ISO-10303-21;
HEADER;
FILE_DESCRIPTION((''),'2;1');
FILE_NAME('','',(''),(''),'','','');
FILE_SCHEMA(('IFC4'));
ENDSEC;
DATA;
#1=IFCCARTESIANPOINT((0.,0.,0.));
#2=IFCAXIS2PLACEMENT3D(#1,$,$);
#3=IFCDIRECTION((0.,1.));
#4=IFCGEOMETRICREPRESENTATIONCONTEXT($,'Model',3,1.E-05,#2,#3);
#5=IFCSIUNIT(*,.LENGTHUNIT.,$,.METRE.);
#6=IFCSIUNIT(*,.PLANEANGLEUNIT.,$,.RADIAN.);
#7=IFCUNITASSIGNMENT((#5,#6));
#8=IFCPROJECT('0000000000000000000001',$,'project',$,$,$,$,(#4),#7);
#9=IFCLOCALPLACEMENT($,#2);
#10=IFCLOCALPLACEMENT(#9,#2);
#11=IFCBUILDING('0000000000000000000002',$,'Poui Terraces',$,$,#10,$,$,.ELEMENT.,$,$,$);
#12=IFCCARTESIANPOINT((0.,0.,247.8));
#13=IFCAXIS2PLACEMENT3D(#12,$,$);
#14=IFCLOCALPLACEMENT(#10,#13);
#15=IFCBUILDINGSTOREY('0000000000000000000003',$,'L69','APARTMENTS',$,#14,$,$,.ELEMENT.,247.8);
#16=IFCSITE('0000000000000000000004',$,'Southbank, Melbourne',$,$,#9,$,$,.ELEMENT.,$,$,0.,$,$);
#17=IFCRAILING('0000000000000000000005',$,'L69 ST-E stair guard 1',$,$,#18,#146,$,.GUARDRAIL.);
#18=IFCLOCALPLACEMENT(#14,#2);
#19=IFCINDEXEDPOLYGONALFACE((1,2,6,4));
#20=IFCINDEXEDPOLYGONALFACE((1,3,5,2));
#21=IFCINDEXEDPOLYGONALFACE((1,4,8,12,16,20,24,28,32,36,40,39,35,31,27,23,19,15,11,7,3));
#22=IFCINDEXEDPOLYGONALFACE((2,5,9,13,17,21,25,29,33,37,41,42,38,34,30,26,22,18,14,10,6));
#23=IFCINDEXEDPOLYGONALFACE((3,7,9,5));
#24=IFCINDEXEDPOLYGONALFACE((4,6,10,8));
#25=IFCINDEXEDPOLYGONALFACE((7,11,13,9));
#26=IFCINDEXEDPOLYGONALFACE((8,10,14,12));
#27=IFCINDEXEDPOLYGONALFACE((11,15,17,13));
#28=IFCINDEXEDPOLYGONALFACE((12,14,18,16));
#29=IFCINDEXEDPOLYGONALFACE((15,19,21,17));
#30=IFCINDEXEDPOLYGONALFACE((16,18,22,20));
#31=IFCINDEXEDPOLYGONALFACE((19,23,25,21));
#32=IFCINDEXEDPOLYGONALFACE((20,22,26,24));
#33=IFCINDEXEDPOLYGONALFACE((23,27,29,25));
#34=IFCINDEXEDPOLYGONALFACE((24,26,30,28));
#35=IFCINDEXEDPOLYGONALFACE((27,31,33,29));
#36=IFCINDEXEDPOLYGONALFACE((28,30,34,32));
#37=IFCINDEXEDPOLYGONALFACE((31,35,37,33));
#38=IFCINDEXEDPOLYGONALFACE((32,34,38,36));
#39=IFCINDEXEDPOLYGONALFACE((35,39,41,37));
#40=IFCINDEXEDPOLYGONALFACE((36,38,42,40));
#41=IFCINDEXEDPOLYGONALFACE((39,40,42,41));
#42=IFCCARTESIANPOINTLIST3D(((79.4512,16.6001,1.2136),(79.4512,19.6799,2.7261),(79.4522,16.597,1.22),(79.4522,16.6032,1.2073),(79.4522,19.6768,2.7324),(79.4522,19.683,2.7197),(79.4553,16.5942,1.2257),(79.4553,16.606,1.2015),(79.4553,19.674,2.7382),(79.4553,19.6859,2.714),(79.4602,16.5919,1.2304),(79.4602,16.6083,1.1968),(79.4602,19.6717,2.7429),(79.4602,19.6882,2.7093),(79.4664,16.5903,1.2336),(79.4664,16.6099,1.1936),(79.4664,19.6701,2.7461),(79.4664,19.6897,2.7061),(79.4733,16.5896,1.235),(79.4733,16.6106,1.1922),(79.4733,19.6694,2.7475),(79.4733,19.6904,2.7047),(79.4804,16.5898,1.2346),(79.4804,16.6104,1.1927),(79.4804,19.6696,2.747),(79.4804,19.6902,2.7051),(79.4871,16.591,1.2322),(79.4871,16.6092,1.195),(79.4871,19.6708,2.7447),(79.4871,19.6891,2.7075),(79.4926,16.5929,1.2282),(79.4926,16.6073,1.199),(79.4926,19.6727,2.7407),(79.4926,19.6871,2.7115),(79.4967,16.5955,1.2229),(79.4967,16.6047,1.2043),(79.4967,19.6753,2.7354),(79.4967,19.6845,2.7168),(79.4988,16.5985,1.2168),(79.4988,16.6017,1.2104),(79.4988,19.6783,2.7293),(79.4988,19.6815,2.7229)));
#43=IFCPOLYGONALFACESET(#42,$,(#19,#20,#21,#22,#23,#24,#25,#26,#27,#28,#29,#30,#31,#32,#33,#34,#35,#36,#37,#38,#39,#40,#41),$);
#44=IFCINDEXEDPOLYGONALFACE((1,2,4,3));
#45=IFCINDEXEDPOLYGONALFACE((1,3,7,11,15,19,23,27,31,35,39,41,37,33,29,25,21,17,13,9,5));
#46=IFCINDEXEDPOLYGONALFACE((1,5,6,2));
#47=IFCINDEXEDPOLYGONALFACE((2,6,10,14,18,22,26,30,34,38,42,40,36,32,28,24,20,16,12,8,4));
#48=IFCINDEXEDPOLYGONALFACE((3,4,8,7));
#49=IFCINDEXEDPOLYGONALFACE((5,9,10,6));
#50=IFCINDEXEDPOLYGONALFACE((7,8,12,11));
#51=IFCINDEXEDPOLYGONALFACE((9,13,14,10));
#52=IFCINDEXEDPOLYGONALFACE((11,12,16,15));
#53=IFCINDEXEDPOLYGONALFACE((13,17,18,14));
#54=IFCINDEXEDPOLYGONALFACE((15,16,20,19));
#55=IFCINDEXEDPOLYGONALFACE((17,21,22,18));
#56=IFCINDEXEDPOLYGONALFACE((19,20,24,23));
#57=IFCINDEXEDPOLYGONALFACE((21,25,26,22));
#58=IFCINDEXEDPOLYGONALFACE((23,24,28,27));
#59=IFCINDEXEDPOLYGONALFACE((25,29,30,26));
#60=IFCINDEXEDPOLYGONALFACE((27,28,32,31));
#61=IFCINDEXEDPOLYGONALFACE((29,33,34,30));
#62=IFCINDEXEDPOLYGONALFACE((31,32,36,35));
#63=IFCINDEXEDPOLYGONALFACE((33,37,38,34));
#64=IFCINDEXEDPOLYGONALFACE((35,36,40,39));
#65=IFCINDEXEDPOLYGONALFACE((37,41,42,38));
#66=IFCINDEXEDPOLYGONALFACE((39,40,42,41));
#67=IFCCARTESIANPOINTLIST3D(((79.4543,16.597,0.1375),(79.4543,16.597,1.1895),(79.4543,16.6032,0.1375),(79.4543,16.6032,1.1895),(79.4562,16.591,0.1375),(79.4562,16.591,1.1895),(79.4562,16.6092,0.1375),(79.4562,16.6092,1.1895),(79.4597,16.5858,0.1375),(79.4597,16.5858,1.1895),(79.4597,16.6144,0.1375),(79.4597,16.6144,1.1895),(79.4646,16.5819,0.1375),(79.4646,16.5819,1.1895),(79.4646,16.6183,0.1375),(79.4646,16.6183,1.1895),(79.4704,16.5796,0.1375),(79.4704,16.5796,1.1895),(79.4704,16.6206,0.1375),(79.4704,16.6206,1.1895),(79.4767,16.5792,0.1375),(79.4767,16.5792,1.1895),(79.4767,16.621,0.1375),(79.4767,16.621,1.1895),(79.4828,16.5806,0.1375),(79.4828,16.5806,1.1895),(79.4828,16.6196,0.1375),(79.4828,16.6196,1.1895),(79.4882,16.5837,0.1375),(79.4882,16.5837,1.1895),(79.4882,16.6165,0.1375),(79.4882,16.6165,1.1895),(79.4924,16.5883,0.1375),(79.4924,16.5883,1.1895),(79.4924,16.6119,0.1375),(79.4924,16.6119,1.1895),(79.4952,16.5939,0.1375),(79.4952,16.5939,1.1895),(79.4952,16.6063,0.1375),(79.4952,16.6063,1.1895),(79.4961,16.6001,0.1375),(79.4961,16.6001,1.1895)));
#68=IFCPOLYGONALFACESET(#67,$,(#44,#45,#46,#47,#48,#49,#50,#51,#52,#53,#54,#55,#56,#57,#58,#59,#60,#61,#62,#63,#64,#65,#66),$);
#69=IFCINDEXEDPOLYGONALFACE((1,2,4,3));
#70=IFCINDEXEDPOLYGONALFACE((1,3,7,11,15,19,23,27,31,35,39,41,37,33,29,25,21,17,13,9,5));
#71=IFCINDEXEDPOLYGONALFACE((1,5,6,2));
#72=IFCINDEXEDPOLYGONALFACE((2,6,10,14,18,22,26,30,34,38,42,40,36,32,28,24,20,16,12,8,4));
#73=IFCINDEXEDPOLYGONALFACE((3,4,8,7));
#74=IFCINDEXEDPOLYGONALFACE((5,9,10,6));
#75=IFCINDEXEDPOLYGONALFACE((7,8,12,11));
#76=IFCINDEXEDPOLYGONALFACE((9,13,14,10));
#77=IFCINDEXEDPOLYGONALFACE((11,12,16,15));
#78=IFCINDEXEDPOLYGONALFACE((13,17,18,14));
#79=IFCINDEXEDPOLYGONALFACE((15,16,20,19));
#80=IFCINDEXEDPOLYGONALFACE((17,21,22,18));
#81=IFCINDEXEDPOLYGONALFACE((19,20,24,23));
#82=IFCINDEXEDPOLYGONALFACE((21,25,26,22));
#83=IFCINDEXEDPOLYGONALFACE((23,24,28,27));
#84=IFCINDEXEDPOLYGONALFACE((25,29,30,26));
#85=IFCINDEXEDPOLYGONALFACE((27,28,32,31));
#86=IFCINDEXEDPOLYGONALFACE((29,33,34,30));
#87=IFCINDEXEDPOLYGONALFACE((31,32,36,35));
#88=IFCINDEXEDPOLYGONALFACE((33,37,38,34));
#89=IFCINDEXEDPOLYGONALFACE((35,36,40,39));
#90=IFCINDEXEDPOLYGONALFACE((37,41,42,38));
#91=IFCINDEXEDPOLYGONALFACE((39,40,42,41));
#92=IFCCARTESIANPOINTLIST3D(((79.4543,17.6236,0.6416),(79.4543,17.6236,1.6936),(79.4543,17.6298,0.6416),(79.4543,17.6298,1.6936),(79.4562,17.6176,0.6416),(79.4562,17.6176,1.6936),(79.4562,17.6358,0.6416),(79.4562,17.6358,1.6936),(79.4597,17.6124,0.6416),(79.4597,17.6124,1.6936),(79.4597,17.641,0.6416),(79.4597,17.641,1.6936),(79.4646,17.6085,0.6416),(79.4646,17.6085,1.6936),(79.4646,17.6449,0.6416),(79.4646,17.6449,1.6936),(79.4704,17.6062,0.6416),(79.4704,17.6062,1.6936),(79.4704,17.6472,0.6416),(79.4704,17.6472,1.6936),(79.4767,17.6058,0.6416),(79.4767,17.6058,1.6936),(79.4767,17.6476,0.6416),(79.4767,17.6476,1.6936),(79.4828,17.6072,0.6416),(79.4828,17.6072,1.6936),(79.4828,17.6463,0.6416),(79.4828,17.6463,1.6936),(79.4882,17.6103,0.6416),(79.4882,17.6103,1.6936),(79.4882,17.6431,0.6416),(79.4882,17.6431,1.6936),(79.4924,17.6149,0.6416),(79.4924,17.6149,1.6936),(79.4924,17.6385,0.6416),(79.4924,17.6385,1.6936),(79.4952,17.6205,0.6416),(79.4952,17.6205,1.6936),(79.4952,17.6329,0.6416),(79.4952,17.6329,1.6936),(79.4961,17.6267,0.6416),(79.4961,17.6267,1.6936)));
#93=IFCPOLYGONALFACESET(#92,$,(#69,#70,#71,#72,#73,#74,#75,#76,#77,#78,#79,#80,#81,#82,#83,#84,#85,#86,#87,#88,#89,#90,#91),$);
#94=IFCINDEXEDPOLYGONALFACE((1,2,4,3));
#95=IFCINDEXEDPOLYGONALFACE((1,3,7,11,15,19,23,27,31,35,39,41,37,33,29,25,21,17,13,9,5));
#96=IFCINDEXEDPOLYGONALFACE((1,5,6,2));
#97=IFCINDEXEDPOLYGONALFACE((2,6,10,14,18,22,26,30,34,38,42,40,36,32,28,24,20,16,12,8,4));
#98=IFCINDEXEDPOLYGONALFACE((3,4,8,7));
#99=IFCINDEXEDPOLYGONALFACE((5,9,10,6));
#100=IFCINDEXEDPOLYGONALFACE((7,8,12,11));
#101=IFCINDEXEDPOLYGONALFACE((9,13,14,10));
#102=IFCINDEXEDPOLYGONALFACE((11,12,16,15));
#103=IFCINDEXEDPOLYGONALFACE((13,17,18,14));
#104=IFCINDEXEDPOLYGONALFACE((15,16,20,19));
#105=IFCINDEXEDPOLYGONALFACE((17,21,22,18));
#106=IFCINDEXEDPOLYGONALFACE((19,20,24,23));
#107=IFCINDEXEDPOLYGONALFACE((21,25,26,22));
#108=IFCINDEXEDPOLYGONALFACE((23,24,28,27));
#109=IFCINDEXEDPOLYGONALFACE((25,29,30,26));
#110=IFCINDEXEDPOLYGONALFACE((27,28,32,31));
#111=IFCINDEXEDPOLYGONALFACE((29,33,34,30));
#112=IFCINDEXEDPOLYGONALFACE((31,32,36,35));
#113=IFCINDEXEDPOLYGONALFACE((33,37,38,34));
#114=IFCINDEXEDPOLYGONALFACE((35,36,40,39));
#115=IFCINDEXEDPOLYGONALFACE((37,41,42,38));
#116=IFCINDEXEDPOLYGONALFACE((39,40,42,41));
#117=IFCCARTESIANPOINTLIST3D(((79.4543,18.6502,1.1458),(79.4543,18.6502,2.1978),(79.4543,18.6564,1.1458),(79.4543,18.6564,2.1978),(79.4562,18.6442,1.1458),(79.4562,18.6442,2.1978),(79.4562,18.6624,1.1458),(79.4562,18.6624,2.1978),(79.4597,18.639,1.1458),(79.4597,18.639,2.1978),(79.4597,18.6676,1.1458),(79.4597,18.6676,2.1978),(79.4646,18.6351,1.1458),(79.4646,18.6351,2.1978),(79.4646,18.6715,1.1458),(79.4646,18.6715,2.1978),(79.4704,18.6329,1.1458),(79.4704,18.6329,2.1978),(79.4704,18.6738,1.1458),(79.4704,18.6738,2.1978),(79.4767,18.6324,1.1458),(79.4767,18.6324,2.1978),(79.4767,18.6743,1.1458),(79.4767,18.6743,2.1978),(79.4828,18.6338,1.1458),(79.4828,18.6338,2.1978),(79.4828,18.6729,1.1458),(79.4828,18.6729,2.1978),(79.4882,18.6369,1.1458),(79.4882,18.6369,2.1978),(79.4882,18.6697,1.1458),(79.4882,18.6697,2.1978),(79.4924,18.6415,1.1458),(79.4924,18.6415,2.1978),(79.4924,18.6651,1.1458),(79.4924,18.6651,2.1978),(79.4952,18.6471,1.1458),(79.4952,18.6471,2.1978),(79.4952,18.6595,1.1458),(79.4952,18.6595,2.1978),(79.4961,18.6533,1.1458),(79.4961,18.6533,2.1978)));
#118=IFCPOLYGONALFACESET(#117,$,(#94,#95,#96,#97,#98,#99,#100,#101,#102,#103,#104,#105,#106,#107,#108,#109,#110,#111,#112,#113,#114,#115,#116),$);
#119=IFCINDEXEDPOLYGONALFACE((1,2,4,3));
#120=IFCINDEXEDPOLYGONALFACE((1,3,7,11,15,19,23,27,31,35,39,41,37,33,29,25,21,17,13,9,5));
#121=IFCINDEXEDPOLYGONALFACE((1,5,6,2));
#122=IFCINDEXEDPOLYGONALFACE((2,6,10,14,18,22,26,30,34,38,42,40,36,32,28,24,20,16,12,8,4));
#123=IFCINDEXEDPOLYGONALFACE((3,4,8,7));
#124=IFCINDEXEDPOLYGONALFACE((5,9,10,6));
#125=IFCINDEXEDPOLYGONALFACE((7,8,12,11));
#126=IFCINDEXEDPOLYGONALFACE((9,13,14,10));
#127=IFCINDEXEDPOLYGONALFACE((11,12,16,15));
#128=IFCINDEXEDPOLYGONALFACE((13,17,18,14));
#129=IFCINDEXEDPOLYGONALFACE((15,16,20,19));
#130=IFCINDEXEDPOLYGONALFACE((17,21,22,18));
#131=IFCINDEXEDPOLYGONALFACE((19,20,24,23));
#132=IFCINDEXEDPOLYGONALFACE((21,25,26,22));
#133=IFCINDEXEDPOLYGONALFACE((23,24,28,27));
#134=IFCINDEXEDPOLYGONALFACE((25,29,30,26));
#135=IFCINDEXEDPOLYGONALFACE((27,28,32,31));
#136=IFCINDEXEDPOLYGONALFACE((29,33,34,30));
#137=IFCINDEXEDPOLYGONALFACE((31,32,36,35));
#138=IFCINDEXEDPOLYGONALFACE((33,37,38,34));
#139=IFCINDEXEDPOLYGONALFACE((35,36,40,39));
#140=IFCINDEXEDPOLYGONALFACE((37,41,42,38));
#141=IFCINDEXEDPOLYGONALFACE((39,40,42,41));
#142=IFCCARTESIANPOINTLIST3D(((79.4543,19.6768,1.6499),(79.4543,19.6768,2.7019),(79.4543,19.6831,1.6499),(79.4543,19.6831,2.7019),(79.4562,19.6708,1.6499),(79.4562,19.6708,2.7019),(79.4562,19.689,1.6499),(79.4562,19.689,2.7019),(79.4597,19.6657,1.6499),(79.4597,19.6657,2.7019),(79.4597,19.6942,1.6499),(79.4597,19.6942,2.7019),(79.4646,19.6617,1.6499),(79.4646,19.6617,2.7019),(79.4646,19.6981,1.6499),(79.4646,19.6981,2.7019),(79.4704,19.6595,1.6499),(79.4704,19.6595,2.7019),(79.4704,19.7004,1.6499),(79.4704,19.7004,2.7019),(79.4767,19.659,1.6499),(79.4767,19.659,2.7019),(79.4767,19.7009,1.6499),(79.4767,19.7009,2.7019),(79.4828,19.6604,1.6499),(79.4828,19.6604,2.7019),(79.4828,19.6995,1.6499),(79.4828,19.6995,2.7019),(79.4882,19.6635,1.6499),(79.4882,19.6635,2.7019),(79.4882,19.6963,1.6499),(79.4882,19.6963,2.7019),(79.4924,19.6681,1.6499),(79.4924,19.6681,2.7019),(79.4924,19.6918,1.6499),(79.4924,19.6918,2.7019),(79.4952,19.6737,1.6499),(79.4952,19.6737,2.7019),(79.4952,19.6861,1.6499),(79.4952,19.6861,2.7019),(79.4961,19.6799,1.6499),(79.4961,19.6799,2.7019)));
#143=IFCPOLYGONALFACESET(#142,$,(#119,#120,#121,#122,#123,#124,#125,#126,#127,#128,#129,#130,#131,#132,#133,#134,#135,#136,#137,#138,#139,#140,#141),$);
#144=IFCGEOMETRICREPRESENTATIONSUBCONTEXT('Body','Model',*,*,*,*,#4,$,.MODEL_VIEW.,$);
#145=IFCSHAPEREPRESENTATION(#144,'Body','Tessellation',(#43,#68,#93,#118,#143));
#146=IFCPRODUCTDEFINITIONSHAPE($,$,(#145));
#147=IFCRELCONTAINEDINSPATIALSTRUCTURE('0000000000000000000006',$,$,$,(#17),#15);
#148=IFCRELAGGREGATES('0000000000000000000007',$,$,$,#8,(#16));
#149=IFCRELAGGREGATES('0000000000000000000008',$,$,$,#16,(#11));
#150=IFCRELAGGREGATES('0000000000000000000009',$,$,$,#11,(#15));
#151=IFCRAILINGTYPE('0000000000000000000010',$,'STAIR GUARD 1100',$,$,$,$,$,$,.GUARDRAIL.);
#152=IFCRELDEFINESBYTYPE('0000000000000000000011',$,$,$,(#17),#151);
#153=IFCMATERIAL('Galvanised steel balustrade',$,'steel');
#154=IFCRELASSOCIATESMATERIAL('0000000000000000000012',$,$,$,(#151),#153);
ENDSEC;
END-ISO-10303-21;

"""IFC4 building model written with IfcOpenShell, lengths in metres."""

from ifc_helpers import new_model, si_unit, direction, frame, origin, origin_2d, place, context, subcontext, project, spatial, circle, extrude, material, type_object, element, save


model = new_model("IFC4")

# Units and contexts
model_context = context("Model", 3, precision=1e-05, world=origin(), true_north=direction((0.0, 1.0)))
body_context = subcontext(model_context, "Body", "Model", "MODEL_VIEW")
ifc_project = project(units=[si_unit("LENGTHUNIT", "METRE"), si_unit("PLANEANGLEUNIT", "RADIAN")], contexts=[model_context])

# Site, building, storey
site_placement = place(None, origin())
site = spatial("IfcSite", under=ifc_project, at=site_placement, Name="Southbank, Melbourne", CompositionType="ELEMENT", RefElevation=0.0)
building_placement = place(site_placement, origin())
building = spatial("IfcBuilding", under=site, at=building_placement, Name="Poui Terraces", CompositionType="ELEMENT")
storey_placement = place(building_placement, frame((0.0, 0.0, 247.8)))
storey = spatial("IfcBuildingStorey", under=building, at=storey_placement, Name="L69", Description="APARTMENTS", CompositionType="ELEMENT", Elevation=247.8)

# Railing
ifc_material_1 = material(Name="Galvanised steel balustrade", Category="steel")
railing_type_1 = type_object("IfcRailingType", Name="STAIR GUARD 1100", PredefinedType="GUARDRAIL", material=ifc_material_1)
railing_1_placement = place(storey_placement, frame((79.4751, 16.6001, 0.1375)))
element("IfcRailing", 1, at=railing_1_placement, inside=storey, type_object=railing_type_1, Name="L69 ST-E stair guard 1", PredefinedType="GUARDRAIL", context=body_context, shape_type="SweptSolid", body=[
    extrude(circle(Radius=0.0239, at=origin_2d()), frame((0.0, 0.0, 1.0762), z_axis=(0.0, 0.897606, 0.440798), x_axis=(-1.0, 0.0, 0.0)), (0.0, 0.0, 1.0), 3.4312),
    extrude(circle(Radius=0.021, at=origin_2d()), origin(), (0.0, 0.0, 1.0), 1.052),
    extrude(circle(Radius=0.021, at=origin_2d()), frame((0.0, 1.0266, 0.5042)), (0.0, 0.0, 1.0), 1.052),
    extrude(circle(Radius=0.021, at=origin_2d()), frame((0.0, 2.0532, 1.0083)), (0.0, 0.0, 1.0), 1.052),
    extrude(circle(Radius=0.021, at=origin_2d()), frame((0.0, 3.0798, 1.5125)), (0.0, 0.0, 1.0), 1.052),
])

save(model, "model.ifc")
